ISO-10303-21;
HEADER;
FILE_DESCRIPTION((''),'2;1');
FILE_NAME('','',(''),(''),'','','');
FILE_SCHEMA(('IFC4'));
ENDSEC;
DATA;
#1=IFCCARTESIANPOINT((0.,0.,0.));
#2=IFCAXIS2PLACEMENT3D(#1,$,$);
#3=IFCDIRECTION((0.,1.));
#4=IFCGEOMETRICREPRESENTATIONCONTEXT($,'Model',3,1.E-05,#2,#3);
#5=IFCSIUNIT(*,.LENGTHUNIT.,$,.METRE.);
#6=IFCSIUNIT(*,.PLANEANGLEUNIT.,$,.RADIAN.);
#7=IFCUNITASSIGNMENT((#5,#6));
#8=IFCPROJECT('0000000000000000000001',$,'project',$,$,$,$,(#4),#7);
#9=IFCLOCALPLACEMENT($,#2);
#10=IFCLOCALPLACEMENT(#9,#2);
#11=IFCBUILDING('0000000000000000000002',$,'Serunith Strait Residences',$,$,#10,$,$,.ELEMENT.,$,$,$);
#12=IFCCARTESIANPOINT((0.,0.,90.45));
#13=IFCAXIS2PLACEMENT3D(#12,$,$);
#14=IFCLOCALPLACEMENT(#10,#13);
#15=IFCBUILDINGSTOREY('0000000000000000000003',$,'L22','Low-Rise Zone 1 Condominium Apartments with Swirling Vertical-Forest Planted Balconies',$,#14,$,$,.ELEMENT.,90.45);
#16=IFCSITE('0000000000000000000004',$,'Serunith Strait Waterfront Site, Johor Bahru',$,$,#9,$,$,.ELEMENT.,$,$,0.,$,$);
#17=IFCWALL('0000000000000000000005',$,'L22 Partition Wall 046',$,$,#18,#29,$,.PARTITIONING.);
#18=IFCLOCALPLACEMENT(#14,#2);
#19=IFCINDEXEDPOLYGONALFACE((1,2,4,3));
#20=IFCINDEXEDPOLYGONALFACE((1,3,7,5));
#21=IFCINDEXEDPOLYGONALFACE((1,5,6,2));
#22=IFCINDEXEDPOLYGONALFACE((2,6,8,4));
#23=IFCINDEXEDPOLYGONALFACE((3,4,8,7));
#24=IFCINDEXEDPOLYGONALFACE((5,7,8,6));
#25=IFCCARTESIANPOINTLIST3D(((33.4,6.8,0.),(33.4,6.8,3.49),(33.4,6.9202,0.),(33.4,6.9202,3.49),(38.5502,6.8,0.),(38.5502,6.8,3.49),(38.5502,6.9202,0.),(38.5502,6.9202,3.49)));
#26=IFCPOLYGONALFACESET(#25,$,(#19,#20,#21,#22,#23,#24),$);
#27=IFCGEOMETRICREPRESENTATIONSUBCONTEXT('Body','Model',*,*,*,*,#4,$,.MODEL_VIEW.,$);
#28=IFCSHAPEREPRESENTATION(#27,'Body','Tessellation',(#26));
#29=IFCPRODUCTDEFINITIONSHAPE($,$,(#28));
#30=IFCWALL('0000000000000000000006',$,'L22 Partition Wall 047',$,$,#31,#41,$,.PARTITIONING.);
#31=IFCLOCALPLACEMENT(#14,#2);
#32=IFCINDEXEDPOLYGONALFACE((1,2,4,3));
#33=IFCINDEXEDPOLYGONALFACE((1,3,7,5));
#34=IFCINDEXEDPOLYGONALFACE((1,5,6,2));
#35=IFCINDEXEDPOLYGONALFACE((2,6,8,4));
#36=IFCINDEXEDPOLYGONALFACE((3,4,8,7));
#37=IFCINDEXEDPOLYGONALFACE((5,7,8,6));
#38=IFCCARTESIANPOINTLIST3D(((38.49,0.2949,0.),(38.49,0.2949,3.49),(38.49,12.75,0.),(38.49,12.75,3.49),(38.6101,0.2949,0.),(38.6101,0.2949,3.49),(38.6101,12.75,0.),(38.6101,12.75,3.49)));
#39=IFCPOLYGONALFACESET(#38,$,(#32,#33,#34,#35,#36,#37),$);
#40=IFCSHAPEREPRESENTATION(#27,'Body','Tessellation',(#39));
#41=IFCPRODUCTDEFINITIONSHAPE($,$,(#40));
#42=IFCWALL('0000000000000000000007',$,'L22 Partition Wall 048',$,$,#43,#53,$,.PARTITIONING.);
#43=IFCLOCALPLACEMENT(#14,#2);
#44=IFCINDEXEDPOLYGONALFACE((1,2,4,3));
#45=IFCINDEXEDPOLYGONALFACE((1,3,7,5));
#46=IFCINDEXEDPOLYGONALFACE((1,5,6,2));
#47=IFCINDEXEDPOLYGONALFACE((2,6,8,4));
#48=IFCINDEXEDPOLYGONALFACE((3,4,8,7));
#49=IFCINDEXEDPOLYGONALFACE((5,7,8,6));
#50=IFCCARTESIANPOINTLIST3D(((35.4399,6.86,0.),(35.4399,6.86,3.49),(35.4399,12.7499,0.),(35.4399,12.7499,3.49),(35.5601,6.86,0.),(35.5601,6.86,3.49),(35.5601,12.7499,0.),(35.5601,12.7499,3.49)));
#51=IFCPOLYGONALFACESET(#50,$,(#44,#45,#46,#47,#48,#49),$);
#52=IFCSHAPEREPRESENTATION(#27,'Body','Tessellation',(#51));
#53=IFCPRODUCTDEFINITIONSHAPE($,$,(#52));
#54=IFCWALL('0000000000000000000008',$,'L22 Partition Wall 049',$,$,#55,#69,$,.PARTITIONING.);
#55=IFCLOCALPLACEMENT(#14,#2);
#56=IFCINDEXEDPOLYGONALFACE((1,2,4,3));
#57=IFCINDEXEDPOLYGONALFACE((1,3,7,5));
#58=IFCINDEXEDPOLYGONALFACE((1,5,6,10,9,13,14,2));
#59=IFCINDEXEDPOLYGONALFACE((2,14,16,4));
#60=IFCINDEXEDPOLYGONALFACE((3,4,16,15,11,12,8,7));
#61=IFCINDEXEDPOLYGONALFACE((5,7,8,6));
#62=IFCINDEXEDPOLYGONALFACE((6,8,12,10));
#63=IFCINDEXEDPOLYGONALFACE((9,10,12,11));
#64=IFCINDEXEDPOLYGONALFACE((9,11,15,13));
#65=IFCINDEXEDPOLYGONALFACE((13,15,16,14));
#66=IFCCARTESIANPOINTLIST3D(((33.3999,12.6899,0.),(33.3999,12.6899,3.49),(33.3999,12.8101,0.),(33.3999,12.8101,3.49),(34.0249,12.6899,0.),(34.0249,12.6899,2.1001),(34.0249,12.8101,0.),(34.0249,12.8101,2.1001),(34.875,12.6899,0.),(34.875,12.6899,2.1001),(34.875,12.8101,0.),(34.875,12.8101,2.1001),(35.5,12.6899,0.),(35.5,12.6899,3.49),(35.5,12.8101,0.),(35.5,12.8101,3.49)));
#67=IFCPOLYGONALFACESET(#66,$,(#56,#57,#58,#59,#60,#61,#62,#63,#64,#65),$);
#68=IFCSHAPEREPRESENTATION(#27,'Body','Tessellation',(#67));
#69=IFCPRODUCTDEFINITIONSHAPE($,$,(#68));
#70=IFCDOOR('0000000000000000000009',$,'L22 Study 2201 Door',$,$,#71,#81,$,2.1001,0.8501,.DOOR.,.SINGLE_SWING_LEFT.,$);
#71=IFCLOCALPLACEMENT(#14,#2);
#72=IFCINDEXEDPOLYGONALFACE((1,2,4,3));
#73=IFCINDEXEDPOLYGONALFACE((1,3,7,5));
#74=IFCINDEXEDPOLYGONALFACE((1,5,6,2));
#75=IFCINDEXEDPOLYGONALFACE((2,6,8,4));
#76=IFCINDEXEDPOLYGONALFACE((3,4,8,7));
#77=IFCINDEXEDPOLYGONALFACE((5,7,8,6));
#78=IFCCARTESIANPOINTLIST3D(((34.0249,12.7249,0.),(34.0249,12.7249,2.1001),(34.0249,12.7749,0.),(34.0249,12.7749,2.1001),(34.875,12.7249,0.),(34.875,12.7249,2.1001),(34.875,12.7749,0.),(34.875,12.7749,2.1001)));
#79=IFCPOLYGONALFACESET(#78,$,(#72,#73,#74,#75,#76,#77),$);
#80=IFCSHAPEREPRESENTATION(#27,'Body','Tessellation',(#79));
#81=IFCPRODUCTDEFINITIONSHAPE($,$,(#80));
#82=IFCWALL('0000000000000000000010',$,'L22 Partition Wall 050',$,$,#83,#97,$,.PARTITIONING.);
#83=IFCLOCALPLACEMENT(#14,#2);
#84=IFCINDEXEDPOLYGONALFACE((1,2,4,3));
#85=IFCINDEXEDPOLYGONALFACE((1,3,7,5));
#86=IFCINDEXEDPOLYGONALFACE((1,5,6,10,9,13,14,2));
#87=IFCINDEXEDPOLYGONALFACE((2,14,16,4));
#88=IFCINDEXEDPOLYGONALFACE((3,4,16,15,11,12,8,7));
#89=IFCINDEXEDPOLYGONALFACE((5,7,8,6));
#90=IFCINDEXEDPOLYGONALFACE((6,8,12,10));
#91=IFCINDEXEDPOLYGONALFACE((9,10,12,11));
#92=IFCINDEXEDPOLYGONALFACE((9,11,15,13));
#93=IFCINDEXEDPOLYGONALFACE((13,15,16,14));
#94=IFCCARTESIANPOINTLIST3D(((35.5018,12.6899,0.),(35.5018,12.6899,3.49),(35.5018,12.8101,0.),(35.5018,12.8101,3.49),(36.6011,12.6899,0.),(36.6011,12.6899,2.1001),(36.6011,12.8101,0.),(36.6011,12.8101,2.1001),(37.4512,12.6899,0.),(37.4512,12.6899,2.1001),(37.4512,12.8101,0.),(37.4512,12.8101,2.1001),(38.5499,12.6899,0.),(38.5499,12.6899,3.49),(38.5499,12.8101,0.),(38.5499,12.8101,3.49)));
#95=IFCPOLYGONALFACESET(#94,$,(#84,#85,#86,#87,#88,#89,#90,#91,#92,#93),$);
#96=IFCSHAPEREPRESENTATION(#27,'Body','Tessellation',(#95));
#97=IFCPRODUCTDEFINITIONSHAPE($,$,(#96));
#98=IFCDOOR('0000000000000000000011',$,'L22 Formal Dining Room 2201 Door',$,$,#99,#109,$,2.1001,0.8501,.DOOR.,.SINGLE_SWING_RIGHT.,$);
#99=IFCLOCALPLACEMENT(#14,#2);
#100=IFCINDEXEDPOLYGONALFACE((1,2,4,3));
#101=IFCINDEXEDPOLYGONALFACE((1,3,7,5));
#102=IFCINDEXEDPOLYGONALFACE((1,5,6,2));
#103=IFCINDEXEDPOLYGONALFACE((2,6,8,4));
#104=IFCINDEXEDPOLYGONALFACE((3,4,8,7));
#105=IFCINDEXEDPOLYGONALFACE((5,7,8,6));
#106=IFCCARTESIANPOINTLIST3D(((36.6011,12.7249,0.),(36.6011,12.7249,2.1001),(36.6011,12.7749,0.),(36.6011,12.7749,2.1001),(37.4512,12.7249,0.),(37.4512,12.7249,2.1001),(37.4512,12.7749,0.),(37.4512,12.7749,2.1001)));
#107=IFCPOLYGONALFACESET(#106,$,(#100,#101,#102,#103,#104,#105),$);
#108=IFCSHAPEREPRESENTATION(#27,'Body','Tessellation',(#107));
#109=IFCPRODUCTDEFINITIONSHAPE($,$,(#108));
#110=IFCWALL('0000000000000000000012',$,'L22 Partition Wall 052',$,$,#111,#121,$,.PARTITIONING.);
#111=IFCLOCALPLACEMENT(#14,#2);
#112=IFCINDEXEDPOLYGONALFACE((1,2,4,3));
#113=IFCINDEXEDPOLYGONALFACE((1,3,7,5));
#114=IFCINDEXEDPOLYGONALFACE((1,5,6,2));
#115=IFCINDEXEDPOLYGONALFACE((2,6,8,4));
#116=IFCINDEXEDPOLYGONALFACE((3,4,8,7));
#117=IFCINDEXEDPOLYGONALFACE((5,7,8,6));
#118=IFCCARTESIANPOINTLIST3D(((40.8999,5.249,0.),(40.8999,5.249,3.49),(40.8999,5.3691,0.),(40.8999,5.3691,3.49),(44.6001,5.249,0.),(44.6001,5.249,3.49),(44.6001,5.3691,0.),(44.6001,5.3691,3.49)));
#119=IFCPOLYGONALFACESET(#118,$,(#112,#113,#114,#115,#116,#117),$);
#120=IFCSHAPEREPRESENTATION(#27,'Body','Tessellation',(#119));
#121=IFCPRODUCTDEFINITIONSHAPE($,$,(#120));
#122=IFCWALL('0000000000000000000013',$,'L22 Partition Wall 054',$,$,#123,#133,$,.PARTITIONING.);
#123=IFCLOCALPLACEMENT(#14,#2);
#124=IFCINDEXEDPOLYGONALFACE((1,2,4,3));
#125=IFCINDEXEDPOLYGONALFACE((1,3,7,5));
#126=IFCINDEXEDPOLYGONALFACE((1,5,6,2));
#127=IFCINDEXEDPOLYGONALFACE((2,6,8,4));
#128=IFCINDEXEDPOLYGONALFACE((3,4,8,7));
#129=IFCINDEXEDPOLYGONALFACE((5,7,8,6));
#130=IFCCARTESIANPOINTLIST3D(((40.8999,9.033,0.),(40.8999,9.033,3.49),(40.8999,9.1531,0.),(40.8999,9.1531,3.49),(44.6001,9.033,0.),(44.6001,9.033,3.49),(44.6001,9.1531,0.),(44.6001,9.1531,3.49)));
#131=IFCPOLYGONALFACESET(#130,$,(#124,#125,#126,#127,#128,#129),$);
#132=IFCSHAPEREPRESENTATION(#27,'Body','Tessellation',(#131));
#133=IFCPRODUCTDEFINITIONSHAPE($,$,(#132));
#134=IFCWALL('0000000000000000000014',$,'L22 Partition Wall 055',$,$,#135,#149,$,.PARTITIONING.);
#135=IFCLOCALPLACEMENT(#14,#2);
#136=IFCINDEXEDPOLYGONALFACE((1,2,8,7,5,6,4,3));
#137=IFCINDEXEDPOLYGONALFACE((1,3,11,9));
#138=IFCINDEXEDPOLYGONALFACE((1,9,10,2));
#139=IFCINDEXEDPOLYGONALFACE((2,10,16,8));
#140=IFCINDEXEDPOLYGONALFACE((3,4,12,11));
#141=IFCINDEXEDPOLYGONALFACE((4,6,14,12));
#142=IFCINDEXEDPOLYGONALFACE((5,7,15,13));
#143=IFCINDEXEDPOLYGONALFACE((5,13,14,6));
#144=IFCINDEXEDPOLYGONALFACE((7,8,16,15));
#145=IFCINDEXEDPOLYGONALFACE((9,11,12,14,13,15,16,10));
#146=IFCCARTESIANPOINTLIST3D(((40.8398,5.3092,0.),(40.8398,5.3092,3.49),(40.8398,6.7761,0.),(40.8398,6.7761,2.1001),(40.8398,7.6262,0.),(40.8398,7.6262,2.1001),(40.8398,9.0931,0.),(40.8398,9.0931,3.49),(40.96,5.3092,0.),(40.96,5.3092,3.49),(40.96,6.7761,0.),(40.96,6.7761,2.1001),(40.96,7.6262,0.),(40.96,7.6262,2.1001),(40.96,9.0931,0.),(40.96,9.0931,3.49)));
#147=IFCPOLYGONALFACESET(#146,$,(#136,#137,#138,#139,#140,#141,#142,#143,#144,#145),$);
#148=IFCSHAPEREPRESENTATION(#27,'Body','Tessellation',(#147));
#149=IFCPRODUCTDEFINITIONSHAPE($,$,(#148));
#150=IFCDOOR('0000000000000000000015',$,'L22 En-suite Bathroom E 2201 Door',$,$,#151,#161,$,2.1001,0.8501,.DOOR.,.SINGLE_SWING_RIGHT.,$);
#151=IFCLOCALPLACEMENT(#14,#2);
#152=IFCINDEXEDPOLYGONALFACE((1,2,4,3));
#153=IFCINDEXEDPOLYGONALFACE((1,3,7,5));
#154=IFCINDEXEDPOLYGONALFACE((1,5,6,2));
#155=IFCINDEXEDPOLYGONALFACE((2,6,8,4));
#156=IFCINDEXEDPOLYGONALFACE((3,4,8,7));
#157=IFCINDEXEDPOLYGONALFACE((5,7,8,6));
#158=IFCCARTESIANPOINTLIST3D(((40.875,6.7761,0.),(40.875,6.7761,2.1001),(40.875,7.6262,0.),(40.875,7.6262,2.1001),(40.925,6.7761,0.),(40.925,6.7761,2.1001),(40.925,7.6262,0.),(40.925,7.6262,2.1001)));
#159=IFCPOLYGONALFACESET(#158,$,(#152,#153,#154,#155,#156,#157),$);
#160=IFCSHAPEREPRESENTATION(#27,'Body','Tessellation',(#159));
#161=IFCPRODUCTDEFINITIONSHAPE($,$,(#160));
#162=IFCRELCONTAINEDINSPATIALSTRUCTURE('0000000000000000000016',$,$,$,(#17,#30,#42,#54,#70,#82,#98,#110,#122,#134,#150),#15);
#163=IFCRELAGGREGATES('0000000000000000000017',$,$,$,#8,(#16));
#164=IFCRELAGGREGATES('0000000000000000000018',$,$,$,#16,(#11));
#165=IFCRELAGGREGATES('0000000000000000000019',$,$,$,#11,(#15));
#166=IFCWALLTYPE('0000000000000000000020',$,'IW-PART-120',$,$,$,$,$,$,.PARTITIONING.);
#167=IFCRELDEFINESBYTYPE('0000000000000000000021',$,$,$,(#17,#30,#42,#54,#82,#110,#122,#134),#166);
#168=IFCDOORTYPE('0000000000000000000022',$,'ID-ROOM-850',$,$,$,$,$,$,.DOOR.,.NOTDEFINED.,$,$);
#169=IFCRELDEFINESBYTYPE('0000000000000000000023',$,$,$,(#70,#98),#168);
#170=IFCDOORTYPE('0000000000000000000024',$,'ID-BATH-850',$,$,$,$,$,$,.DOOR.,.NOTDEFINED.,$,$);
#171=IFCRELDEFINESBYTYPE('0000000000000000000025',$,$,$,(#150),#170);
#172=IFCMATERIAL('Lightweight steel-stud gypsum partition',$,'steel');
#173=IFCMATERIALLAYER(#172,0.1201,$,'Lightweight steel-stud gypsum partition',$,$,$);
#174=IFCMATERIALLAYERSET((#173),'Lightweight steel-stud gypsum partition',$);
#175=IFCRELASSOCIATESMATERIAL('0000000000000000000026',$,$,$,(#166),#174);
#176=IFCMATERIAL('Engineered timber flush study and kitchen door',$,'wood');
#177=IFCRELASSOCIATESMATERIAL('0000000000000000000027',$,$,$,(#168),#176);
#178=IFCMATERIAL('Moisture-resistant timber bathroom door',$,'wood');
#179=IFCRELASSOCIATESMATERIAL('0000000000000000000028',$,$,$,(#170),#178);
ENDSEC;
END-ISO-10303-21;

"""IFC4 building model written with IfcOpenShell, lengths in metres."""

from ifc_helpers import new_model, si_unit, direction, frame, frame_2d, origin, place, context, subcontext, project, spatial, rectangle, extrude, source, transform, mapped, material, layer, layer_set, type_object, element, fill, save


model = new_model("IFC4")

# Units and contexts
model_context = context("Model", 3, precision=1e-05, world=origin(), true_north=direction((0.0, 1.0)))
body_context = subcontext(model_context, "Body", "Model", "MODEL_VIEW")
ifc_project = project(units=[si_unit("LENGTHUNIT", "METRE"), si_unit("PLANEANGLEUNIT", "RADIAN")], contexts=[model_context])

# Site, building, storey
site_placement = place(None, origin())
site = spatial("IfcSite", under=ifc_project, at=site_placement, Name="Serunith Strait Waterfront Site, Johor Bahru", CompositionType="ELEMENT", RefElevation=0.0)
building_placement = place(site_placement, origin())
building = spatial("IfcBuilding", under=site, at=building_placement, Name="Serunith Strait Residences", CompositionType="ELEMENT")
storey_placement = place(building_placement, frame((0.0, 0.0, 90.45)))
storey = spatial("IfcBuildingStorey", under=building, at=storey_placement, Name="L22", Description="Low-Rise Zone 1 Condominium Apartments with Swirling Vertical-Forest Planted Balconies", CompositionType="ELEMENT", Elevation=90.45)

# Shared definitions
ifc_material_1 = material(Name="Lightweight steel-stud gypsum partition", Category="steel")
ifc_layer_1 = layer(ifc_material_1, 0.1201, Name="Lightweight steel-stud gypsum partition")
ifc_layer_set_1 = layer_set([ifc_layer_1], Name="Lightweight steel-stud gypsum partition")
wall_type = type_object("IfcWallType", Name="IW-PART-120", PredefinedType="PARTITIONING", material=ifc_layer_set_1)

# Walls
wall_1_placement = place(storey_placement, frame((33.3999, 6.8601, 0.0), z_axis=(0.0, 0.0, 1.0), x_axis=(1.0, 0.0, 0.0)))
element("IfcWall", 1, at=wall_1_placement, inside=storey, type_object=wall_type, Name="L22 Partition Wall 046", PredefinedType="PARTITIONING", context=body_context, shape_type="SweptSolid", body=[
    extrude(rectangle(XDim=5.1501, YDim=0.1201, at=frame_2d((2.5752, 0.0))), origin(), (0.0, 0.0, 1.0), 3.49),
])
wall_2_placement = place(storey_placement, frame((38.55, 0.2949, 0.0), z_axis=(0.0, 0.0, 1.0), x_axis=(0.0, 1.0, 0.0)))
element("IfcWall", 2, at=wall_2_placement, inside=storey, type_object=wall_type, Name="L22 Partition Wall 047", PredefinedType="PARTITIONING", context=body_context, shape_type="SweptSolid", body=[
    extrude(rectangle(XDim=12.4551, YDim=0.1201, at=frame_2d((6.2275, 0.0))), origin(), (0.0, 0.0, 1.0), 3.49),
])
wall_3_placement = place(storey_placement, frame((35.5, 6.8601, 0.0), z_axis=(0.0, 0.0, 1.0), x_axis=(0.0, 1.0, 0.0)))
element("IfcWall", 3, at=wall_3_placement, inside=storey, type_object=wall_type, Name="L22 Partition Wall 048", PredefinedType="PARTITIONING", context=body_context, shape_type="SweptSolid", body=[
    extrude(rectangle(XDim=5.8899, YDim=0.1201, at=frame_2d((2.9448, 0.0))), origin(), (0.0, 0.0, 1.0), 3.49),
])

# Walls, openings, doors
wall_4_placement = place(storey_placement, frame((33.3999, 12.75, 0.0), z_axis=(0.0, 0.0, 1.0), x_axis=(1.0, 0.0, 0.0)))
wall_4 = element("IfcWall", 4, at=wall_4_placement, inside=storey, type_object=wall_type, Name="L22 Partition Wall 049", PredefinedType="PARTITIONING", context=body_context, shape_type="SweptSolid", body=[
    extrude(rectangle(XDim=2.1001, YDim=0.1201, at=frame_2d((1.05, 0.0))), origin(), (0.0, 0.0, 1.0), 3.49),
])
opening_1_placement = place(wall_4_placement, frame((0.625, 0.0, 0.0)))
opening_1 = element("IfcOpeningElement", 5, at=opening_1_placement, cuts=wall_4, PredefinedType="OPENING", context=body_context, shape_type="SweptSolid", body=[
    extrude(rectangle(XDim=0.8501, YDim=2.1001, at=frame_2d((0.425, 1.05))), frame((0.0, 0.0701, 0.0), z_axis=(0.0, -1.0, 0.0), x_axis=(1.0, 0.0, 0.0)), (0.0, 0.0, 1.0), 0.1401),
])
ifc_material_2 = material(Name="Engineered timber flush study and kitchen door", Category="wood")
door_type_1 = type_object("IfcDoorType", Name="ID-ROOM-850", OperationType="NOTDEFINED", PredefinedType="DOOR", material=ifc_material_2)
shared_shape_1 = source(origin(), body_context, "Body", "SweptSolid", [
    extrude(rectangle(XDim=0.8501, YDim=2.1001, at=frame_2d((0.425, 1.05))), frame((0.0, 0.0249, 0.0), z_axis=(0.0, -1.0, 0.0), x_axis=(1.0, 0.0, 0.0)), (0.0, 0.0, 1.0), 0.05),
])
door_1_placement = place(opening_1_placement, origin())
door_1 = element("IfcDoor", 6, at=door_1_placement, inside=storey, type_object=door_type_1, Name="L22 Study 2201 Door", OperationType="SINGLE_SWING_LEFT", OverallHeight=2.1001, OverallWidth=0.8501, PredefinedType="DOOR", context=body_context, shape_type="MappedRepresentation", body=[
    mapped(shared_shape_1, transform((0.0, 0.0, 0.0), scale=1.0)),
])
fill(opening_1, door_1)
wall_5_placement = place(storey_placement, frame((35.502, 12.75, 0.0), z_axis=(0.0, 0.0, 1.0), x_axis=(1.0, 0.0, 0.0)))
wall_5 = element("IfcWall", 7, at=wall_5_placement, inside=storey, type_object=wall_type, Name="L22 Partition Wall 050", PredefinedType="PARTITIONING", context=body_context, shape_type="SweptSolid", body=[
    extrude(rectangle(XDim=3.0481, YDim=0.1201, at=frame_2d((1.5239, 0.0))), origin(), (0.0, 0.0, 1.0), 3.49),
])
opening_2_placement = place(wall_5_placement, frame((1.0991, 0.0, 0.0)))
opening_2 = element("IfcOpeningElement", 8, at=opening_2_placement, cuts=wall_5, PredefinedType="OPENING", context=body_context, shape_type="SweptSolid", body=[
    extrude(rectangle(XDim=0.8501, YDim=2.1001, at=frame_2d((0.425, 1.05))), frame((0.0, 0.0701, 0.0), z_axis=(0.0, -1.0, 0.0), x_axis=(1.0, 0.0, 0.0)), (0.0, 0.0, 1.0), 0.1401),
])
door_2_placement = place(opening_2_placement, origin())
door_2 = element("IfcDoor", 9, at=door_2_placement, inside=storey, type_object=door_type_1, Name="L22 Formal Dining Room 2201 Door", OperationType="SINGLE_SWING_RIGHT", OverallHeight=2.1001, OverallWidth=0.8501, PredefinedType="DOOR", context=body_context, shape_type="MappedRepresentation", body=[
    mapped(shared_shape_1, transform((0.0, 0.0, 0.0), scale=1.0)),
])
fill(opening_2, door_2)

# Walls
for number, where, z_axis, x_axis, name in (
    (10, (40.8999, 5.3091, 0.0), (0.0, 0.0, 1.0), (1.0, 0.0, 0.0), "L22 Partition Wall 052"),
    (11, (40.8999, 9.093, 0.0), (0.0, 0.0, 1.0), (1.0, 0.0, 0.0), "L22 Partition Wall 054"),
):
    element("IfcWall", number, at=place(storey_placement, frame(where, z_axis=z_axis, x_axis=x_axis)), inside=storey, type_object=wall_type, Name=name, PredefinedType="PARTITIONING", context=body_context, shape_type="SweptSolid", body=[
        extrude(rectangle(XDim=3.7002, YDim=0.1201, at=frame_2d((1.8501, 0.0))), origin(), (0.0, 0.0, 1.0), 3.49),
    ])

# Wall, opening, door
wall_6_placement = place(storey_placement, frame((40.8999, 5.3091, 0.0), z_axis=(0.0, 0.0, 1.0), x_axis=(0.0, 1.0, 0.0)))
wall_6 = element("IfcWall", 12, at=wall_6_placement, inside=storey, type_object=wall_type, Name="L22 Partition Wall 055", PredefinedType="PARTITIONING", context=body_context, shape_type="SweptSolid", body=[
    extrude(rectangle(XDim=3.7839, YDim=0.1201, at=frame_2d((1.8921, 0.0))), origin(), (0.0, 0.0, 1.0), 3.49),
])
opening_3_placement = place(wall_6_placement, frame((1.467, 0.0, 0.0)))
opening_3 = element("IfcOpeningElement", 13, at=opening_3_placement, cuts=wall_6, PredefinedType="OPENING", context=body_context, shape_type="SweptSolid", body=[
    extrude(rectangle(XDim=0.8501, YDim=2.1001, at=frame_2d((0.425, 1.05))), frame((0.0, 0.0701, 0.0), z_axis=(0.0, -1.0, 0.0), x_axis=(1.0, 0.0, 0.0)), (0.0, 0.0, 1.0), 0.1401),
])
ifc_material_3 = material(Name="Moisture-resistant timber bathroom door", Category="wood")
door_type_2 = type_object("IfcDoorType", Name="ID-BATH-850", OperationType="NOTDEFINED", PredefinedType="DOOR", material=ifc_material_3)
door_3_placement = place(opening_3_placement, origin())
door_3 = element("IfcDoor", 14, at=door_3_placement, inside=storey, type_object=door_type_2, Name="L22 En-suite Bathroom E 2201 Door", OperationType="SINGLE_SWING_RIGHT", OverallHeight=2.1001, OverallWidth=0.8501, PredefinedType="DOOR", context=body_context, shape_type="MappedRepresentation", body=[
    mapped(shared_shape_1, transform((0.0, 0.0, 0.0), scale=1.0)),
])
fill(opening_3, door_3)

save(model, "model.ifc")
